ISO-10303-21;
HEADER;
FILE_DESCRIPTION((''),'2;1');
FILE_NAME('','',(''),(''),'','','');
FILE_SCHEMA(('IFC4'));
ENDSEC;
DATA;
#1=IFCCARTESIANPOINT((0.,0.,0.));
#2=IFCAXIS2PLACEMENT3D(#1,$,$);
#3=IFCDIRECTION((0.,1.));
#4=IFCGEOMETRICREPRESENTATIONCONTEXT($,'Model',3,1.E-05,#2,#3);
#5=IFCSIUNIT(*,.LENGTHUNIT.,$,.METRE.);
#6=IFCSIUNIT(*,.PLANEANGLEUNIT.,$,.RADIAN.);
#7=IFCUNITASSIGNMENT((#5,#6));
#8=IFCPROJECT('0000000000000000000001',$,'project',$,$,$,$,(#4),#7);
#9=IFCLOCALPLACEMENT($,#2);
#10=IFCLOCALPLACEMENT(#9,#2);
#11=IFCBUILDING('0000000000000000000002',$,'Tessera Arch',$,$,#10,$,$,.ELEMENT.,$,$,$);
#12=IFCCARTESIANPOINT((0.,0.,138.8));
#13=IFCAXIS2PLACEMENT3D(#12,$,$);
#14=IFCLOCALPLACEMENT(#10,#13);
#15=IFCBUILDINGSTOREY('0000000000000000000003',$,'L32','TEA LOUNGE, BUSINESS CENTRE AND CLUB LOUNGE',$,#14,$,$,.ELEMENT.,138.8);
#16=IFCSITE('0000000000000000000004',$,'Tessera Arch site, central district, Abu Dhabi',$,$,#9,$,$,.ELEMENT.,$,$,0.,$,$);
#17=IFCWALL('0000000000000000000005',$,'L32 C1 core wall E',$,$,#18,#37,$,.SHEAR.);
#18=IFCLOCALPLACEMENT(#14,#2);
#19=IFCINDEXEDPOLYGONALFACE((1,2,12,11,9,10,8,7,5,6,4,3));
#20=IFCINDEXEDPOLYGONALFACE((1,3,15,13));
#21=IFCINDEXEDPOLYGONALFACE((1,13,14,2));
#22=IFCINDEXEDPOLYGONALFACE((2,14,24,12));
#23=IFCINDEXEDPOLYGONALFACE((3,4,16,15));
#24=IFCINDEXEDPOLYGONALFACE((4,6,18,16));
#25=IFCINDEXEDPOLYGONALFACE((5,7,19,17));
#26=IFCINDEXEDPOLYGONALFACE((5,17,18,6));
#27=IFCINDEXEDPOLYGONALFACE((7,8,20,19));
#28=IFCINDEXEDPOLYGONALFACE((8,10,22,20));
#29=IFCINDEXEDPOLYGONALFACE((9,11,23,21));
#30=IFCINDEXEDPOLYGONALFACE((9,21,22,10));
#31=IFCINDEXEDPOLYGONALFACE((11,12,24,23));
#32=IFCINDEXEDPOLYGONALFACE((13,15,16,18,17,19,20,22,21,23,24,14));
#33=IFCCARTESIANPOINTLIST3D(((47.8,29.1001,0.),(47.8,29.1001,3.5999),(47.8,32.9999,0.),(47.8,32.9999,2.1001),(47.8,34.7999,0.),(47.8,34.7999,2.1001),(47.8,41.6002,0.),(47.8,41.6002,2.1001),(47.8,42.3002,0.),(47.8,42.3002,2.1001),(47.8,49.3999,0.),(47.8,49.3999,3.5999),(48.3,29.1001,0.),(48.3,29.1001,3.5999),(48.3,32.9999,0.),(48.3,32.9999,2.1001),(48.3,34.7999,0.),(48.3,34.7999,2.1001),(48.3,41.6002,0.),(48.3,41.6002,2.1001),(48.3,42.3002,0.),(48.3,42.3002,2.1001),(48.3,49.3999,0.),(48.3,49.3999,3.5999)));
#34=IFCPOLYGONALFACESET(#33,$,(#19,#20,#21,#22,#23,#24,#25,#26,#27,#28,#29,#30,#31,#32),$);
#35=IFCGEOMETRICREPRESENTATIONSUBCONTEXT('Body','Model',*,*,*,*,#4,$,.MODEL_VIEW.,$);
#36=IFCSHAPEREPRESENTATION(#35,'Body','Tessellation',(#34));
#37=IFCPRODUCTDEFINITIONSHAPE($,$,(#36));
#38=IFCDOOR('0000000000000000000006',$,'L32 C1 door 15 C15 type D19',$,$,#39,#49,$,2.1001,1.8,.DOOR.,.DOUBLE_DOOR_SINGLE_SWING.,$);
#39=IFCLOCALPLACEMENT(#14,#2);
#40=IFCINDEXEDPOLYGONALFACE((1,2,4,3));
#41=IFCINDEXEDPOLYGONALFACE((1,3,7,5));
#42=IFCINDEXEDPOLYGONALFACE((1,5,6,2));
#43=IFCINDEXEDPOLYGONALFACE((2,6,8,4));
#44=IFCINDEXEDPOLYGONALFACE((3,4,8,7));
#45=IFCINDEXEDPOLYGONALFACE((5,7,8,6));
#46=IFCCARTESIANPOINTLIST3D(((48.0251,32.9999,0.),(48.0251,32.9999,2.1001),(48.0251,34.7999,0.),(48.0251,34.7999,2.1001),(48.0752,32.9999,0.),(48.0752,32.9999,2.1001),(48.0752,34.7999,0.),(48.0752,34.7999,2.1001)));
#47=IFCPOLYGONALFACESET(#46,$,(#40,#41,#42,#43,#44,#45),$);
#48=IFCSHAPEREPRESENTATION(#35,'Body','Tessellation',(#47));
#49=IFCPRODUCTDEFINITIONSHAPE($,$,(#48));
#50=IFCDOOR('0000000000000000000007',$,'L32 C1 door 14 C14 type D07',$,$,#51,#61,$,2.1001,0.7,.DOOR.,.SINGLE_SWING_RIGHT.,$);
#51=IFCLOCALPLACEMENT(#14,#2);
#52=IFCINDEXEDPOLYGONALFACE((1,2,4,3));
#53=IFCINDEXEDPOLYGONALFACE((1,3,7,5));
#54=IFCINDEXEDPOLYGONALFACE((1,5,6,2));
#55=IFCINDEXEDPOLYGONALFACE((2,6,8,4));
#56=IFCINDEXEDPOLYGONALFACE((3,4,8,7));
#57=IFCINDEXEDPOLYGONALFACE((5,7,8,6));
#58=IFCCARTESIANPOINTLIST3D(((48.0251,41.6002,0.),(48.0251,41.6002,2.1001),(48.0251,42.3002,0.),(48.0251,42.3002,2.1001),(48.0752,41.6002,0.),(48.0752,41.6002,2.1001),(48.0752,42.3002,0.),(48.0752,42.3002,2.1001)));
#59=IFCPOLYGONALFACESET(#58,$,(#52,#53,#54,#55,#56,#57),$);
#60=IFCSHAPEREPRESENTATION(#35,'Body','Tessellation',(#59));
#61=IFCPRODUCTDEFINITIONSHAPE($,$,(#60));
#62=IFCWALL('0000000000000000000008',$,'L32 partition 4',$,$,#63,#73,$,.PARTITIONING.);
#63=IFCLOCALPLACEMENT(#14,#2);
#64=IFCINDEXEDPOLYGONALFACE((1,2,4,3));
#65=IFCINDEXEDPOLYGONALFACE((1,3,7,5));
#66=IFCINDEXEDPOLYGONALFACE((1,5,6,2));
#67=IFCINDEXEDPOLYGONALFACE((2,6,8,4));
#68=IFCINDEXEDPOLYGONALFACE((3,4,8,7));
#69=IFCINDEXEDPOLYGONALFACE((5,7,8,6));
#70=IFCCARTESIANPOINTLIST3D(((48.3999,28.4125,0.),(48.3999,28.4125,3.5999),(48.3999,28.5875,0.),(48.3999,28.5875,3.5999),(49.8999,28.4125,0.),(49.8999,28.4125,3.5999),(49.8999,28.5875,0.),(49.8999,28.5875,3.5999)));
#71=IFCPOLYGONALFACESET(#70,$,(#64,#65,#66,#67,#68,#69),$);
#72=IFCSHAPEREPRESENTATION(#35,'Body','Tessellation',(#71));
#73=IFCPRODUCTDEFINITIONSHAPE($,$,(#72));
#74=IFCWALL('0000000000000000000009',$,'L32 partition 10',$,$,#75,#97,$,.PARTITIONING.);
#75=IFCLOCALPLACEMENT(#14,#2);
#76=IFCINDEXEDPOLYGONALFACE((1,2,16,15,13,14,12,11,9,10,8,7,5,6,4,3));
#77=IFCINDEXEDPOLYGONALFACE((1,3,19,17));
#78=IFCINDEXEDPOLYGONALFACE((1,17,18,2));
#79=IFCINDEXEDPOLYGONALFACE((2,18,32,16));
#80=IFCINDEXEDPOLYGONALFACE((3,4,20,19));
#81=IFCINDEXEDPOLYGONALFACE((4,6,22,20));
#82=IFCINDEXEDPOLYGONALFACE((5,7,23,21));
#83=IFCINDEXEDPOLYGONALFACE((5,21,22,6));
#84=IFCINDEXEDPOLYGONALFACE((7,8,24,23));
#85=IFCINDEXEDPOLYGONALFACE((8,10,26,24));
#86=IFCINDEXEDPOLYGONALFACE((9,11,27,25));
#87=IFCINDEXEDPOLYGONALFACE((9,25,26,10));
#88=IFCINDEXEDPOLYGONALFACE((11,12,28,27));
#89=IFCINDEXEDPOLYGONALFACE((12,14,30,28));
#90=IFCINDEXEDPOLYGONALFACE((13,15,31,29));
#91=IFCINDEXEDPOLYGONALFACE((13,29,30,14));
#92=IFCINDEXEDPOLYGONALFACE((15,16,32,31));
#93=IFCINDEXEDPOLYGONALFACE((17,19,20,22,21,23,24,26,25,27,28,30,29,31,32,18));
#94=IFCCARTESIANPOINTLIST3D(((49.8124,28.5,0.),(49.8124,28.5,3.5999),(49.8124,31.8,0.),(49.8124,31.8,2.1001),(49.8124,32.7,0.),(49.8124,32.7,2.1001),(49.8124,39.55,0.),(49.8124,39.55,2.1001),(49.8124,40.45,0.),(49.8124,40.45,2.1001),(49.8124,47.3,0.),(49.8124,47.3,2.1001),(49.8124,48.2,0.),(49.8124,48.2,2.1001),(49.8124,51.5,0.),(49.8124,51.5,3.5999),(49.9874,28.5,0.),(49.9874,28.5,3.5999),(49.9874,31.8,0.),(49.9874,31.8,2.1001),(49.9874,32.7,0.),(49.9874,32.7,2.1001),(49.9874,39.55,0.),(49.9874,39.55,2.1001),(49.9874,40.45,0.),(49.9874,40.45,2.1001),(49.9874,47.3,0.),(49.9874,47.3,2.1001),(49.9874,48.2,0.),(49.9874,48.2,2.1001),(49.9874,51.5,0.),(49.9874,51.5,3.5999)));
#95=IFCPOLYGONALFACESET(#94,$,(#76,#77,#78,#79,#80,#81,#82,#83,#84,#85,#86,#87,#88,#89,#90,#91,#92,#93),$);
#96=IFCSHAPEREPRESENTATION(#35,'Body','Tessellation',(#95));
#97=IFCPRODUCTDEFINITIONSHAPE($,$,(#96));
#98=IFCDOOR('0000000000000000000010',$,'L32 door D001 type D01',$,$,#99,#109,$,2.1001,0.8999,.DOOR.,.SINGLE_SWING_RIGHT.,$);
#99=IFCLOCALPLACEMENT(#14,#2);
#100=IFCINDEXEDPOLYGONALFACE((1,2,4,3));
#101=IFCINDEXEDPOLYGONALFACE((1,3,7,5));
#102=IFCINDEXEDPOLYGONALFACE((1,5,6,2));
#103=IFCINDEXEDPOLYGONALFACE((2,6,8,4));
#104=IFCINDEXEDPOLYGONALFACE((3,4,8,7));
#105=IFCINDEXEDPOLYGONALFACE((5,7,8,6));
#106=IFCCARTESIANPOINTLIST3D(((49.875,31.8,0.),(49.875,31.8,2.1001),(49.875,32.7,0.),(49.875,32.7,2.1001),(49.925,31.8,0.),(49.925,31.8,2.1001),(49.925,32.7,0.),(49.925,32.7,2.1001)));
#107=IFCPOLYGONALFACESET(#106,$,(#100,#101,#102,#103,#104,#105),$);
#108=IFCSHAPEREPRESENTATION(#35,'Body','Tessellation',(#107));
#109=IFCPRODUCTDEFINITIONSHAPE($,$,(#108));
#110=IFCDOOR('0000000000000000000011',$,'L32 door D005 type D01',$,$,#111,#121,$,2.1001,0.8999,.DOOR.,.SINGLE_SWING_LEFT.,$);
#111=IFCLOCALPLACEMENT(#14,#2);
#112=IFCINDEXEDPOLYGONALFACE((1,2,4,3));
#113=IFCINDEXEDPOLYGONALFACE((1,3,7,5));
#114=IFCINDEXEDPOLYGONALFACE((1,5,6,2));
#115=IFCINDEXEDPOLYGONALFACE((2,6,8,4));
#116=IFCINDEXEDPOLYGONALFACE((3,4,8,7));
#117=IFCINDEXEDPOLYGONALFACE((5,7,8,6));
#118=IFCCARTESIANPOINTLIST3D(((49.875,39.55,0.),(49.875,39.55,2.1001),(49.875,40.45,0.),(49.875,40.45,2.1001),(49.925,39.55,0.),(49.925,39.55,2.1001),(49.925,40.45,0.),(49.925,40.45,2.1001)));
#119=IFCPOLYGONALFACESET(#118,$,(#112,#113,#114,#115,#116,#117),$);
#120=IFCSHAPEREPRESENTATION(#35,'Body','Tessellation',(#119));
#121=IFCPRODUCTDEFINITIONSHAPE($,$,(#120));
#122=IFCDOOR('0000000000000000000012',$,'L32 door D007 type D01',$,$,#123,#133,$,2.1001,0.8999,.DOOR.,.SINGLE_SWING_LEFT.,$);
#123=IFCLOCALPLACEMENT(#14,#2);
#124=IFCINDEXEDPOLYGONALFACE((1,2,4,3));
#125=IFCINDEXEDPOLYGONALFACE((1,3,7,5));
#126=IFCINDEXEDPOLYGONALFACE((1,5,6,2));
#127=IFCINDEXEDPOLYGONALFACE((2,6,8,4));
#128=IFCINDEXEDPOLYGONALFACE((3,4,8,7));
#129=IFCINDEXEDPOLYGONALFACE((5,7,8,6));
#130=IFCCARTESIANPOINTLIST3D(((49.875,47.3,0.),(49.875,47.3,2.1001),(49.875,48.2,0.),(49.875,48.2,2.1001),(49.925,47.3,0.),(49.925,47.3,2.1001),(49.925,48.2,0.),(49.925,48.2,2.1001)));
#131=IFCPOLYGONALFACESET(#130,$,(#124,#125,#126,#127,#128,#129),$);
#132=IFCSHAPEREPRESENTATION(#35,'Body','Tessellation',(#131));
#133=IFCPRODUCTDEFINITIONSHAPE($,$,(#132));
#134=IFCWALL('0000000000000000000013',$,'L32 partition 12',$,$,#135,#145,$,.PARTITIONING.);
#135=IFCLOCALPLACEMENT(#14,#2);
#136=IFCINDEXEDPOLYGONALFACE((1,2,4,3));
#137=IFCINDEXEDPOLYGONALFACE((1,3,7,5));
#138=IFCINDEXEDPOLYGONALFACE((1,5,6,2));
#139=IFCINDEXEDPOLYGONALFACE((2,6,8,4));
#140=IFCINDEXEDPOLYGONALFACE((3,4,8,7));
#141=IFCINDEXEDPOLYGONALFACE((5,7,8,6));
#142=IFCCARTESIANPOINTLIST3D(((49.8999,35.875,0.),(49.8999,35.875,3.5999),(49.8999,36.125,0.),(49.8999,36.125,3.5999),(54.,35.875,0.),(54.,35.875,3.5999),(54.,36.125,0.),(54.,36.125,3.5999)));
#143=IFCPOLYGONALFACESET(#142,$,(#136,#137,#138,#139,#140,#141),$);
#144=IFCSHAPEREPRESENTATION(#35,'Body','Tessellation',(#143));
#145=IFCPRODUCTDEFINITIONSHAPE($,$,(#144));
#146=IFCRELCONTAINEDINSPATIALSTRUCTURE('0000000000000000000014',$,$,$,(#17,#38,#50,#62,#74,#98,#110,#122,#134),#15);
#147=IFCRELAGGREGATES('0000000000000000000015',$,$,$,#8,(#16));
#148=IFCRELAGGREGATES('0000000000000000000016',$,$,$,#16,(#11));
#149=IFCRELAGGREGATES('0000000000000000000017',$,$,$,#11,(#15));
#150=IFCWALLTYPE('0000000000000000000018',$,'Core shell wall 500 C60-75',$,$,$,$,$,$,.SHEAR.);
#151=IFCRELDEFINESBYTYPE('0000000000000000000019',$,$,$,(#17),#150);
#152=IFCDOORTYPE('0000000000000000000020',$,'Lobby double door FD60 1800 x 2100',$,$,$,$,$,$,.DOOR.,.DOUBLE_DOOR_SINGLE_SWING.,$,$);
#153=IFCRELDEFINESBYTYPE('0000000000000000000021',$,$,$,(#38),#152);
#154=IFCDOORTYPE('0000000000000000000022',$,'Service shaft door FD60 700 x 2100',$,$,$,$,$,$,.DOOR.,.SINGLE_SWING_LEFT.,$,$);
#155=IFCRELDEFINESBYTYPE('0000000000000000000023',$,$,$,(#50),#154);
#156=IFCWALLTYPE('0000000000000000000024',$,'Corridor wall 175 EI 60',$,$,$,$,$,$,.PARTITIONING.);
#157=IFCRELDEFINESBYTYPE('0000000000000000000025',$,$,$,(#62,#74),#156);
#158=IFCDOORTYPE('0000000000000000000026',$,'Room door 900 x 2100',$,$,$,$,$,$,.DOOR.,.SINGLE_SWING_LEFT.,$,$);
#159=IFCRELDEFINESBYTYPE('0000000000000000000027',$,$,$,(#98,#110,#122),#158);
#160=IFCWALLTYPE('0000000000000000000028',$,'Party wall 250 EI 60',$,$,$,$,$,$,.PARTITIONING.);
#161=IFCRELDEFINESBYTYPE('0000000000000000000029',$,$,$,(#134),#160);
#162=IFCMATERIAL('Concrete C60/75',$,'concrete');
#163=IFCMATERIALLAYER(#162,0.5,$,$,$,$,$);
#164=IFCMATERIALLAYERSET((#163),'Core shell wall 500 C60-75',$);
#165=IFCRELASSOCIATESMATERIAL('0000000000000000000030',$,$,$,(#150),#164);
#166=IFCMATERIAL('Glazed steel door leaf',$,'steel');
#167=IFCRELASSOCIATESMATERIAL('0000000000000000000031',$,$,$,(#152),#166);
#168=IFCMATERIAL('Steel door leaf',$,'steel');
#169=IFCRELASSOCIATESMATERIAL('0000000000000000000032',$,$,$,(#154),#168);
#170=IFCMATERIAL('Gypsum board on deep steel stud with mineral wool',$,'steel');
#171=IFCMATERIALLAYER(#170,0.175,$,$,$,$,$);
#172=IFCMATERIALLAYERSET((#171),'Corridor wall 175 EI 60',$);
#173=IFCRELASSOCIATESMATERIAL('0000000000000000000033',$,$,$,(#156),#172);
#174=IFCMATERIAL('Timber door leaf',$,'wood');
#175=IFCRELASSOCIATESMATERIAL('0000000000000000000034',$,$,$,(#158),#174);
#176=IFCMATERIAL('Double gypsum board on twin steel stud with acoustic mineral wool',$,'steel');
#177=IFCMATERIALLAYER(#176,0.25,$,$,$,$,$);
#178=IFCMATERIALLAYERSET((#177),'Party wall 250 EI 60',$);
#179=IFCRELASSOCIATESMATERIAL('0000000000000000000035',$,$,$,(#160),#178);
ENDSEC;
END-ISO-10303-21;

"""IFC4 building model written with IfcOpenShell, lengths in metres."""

from ifc_helpers import new_model, si_unit, direction, frame, frame_2d, origin, place, context, subcontext, project, spatial, rectangle, extrude, material, layer, layer_set, type_object, element, fill, save


model = new_model("IFC4")

# Units and contexts
model_context = context("Model", 3, precision=1e-05, world=origin(), true_north=direction((0.0, 1.0)))
body_context = subcontext(model_context, "Body", "Model", "MODEL_VIEW")
ifc_project = project(units=[si_unit("LENGTHUNIT", "METRE"), si_unit("PLANEANGLEUNIT", "RADIAN")], contexts=[model_context])

# Site, building, storey
site_placement = place(None, origin())
site = spatial("IfcSite", under=ifc_project, at=site_placement, Name="Tessera Arch site, central district, Abu Dhabi", CompositionType="ELEMENT", RefElevation=0.0)
building_placement = place(site_placement, origin())
building = spatial("IfcBuilding", under=site, at=building_placement, Name="Tessera Arch", CompositionType="ELEMENT")
storey_placement = place(building_placement, frame((0.0, 0.0, 138.8)))
storey = spatial("IfcBuildingStorey", under=building, at=storey_placement, Name="L32", Description="TEA LOUNGE, BUSINESS CENTRE AND CLUB LOUNGE", CompositionType="ELEMENT", Elevation=138.8)

# Wall, openings, doors
ifc_material_1 = material(Name="Concrete C60/75", Category="concrete")
ifc_layer_1 = layer(ifc_material_1, 0.5)
ifc_layer_set_1 = layer_set([ifc_layer_1], Name="Core shell wall 500 C60-75")
wall_type_1 = type_object("IfcWallType", Name="Core shell wall 500 C60-75", PredefinedType="SHEAR", material=ifc_layer_set_1)
wall_1_placement = place(storey_placement, frame((48.05, 29.1001, 0.0), z_axis=(0.0, 0.0, 1.0), x_axis=(0.0, 1.0, 0.0)))
wall_1 = element("IfcWall", 1, at=wall_1_placement, inside=storey, type_object=wall_type_1, Name="L32 C1 core wall E", PredefinedType="SHEAR", context=body_context, shape_type="SweptSolid", body=[
    extrude(rectangle(XDim=20.2998, YDim=0.5, at=frame_2d((10.1499, 0.0))), origin(), (0.0, 0.0, 1.0), 3.5999),
])
opening_1_placement = place(wall_1_placement, frame((12.5, 0.0, 0.0)))
opening_1 = element("IfcOpeningElement", 2, at=opening_1_placement, cuts=wall_1, PredefinedType="OPENING", context=body_context, shape_type="SweptSolid", body=[
    extrude(rectangle(XDim=0.7, YDim=2.1001, at=frame_2d((0.3501, 1.05))), frame((0.0, 0.26, 0.0), z_axis=(0.0, -1.0, 0.0), x_axis=(1.0, 0.0, 0.0)), (0.0, 0.0, 1.0), 0.52),
])
opening_2_placement = place(wall_1_placement, frame((3.8999, 0.0, 0.0)))
opening_2 = element("IfcOpeningElement", 3, at=opening_2_placement, cuts=wall_1, PredefinedType="OPENING", context=body_context, shape_type="SweptSolid", body=[
    extrude(rectangle(XDim=1.8, YDim=2.1001, at=frame_2d((0.8999, 1.05))), frame((0.0, 0.26, 0.0), z_axis=(0.0, -1.0, 0.0), x_axis=(1.0, 0.0, 0.0)), (0.0, 0.0, 1.0), 0.52),
])
ifc_material_2 = material(Name="Glazed steel door leaf", Category="steel")
door_type_1 = type_object("IfcDoorType", Name="Lobby double door FD60 1800 x 2100", OperationType="DOUBLE_DOOR_SINGLE_SWING", PredefinedType="DOOR", material=ifc_material_2)
door_1_placement = place(opening_2_placement, origin())
door_1 = element("IfcDoor", 4, at=door_1_placement, inside=storey, type_object=door_type_1, Name="L32 C1 door 15 C15 type D19", OperationType="DOUBLE_DOOR_SINGLE_SWING", OverallHeight=2.1001, OverallWidth=1.8, PredefinedType="DOOR", context=body_context, shape_type="SweptSolid", body=[
    extrude(rectangle(XDim=1.8, YDim=2.1001, at=frame_2d((0.8999, 1.05))), frame((0.0, 0.0249, 0.0), z_axis=(0.0, -1.0, 0.0), x_axis=(1.0, 0.0, 0.0)), (0.0, 0.0, 1.0), 0.05),
])
fill(opening_2, door_1)
ifc_material_3 = material(Name="Steel door leaf", Category="steel")
door_type_2 = type_object("IfcDoorType", Name="Service shaft door FD60 700 x 2100", OperationType="SINGLE_SWING_LEFT", PredefinedType="DOOR", material=ifc_material_3)
door_2_placement = place(opening_1_placement, origin())
door_2 = element("IfcDoor", 5, at=door_2_placement, inside=storey, type_object=door_type_2, Name="L32 C1 door 14 C14 type D07", OperationType="SINGLE_SWING_RIGHT", OverallHeight=2.1001, OverallWidth=0.7, PredefinedType="DOOR", context=body_context, shape_type="SweptSolid", body=[
    extrude(rectangle(XDim=0.7, YDim=2.1001, at=frame_2d((0.3501, 1.05))), frame((0.0, 0.0249, 0.0), z_axis=(0.0, -1.0, 0.0), x_axis=(1.0, 0.0, 0.0)), (0.0, 0.0, 1.0), 0.05),
])
fill(opening_1, door_2)

# Wall
ifc_material_4 = material(Name="Gypsum board on deep steel stud with mineral wool", Category="steel")
ifc_layer_2 = layer(ifc_material_4, 0.175)
ifc_layer_set_2 = layer_set([ifc_layer_2], Name="Corridor wall 175 EI 60")
wall_type_2 = type_object("IfcWallType", Name="Corridor wall 175 EI 60", PredefinedType="PARTITIONING", material=ifc_layer_set_2)
wall_2_placement = place(storey_placement, frame((48.3999, 28.5, 0.0), z_axis=(0.0, 0.0, 1.0), x_axis=(1.0, 0.0, 0.0)))
element("IfcWall", 6, at=wall_2_placement, inside=storey, type_object=wall_type_2, Name="L32 partition 4", PredefinedType="PARTITIONING", context=body_context, shape_type="SweptSolid", body=[
    extrude(rectangle(XDim=1.5, YDim=0.175, at=frame_2d((0.75, 0.0))), origin(), (0.0, 0.0, 1.0), 3.5999),
])

# Wall, openings, doors
wall_3_placement = place(storey_placement, frame((49.8999, 28.5, 0.0), z_axis=(0.0, 0.0, 1.0), x_axis=(0.0, 1.0, 0.0)))
wall_3 = element("IfcWall", 7, at=wall_3_placement, inside=storey, type_object=wall_type_2, Name="L32 partition 10", PredefinedType="PARTITIONING", context=body_context, shape_type="SweptSolid", body=[
    extrude(rectangle(XDim=23.0, YDim=0.175, at=frame_2d((11.5, 0.0))), origin(), (0.0, 0.0, 1.0), 3.5999),
])
opening_3_placement = place(wall_3_placement, frame((3.3, 0.0, 0.0)))
opening_3 = element("IfcOpeningElement", 8, at=opening_3_placement, cuts=wall_3, PredefinedType="OPENING", context=body_context, shape_type="SweptSolid", body=[
    extrude(rectangle(XDim=0.8999, YDim=2.1001, at=frame_2d((0.45, 1.05))), frame((0.0, 0.0974, 0.0), z_axis=(0.0, -1.0, 0.0), x_axis=(1.0, 0.0, 0.0)), (0.0, 0.0, 1.0), 0.1951),
])
opening_4_placement = place(wall_3_placement, frame((11.05, 0.0, 0.0)))
opening_4 = element("IfcOpeningElement", 9, at=opening_4_placement, cuts=wall_3, PredefinedType="OPENING", context=body_context, shape_type="SweptSolid", body=[
    extrude(rectangle(XDim=0.8999, YDim=2.1001, at=frame_2d((0.45, 1.05))), frame((0.0, 0.0974, 0.0), z_axis=(0.0, -1.0, 0.0), x_axis=(1.0, 0.0, 0.0)), (0.0, 0.0, 1.0), 0.1951),
])
opening_5_placement = place(wall_3_placement, frame((18.8, 0.0, 0.0)))
opening_5 = element("IfcOpeningElement", 10, at=opening_5_placement, cuts=wall_3, PredefinedType="OPENING", context=body_context, shape_type="SweptSolid", body=[
    extrude(rectangle(XDim=0.8999, YDim=2.1001, at=frame_2d((0.45, 1.05))), frame((0.0, 0.0974, 0.0), z_axis=(0.0, -1.0, 0.0), x_axis=(1.0, 0.0, 0.0)), (0.0, 0.0, 1.0), 0.1951),
])
ifc_material_5 = material(Name="Timber door leaf", Category="wood")
door_type_3 = type_object("IfcDoorType", Name="Room door 900 x 2100", OperationType="SINGLE_SWING_LEFT", PredefinedType="DOOR", material=ifc_material_5)
door_3_placement = place(opening_3_placement, origin())
door_3 = element("IfcDoor", 11, at=door_3_placement, inside=storey, type_object=door_type_3, Name="L32 door D001 type D01", OperationType="SINGLE_SWING_RIGHT", OverallHeight=2.1001, OverallWidth=0.8999, PredefinedType="DOOR", context=body_context, shape_type="SweptSolid", body=[
    extrude(rectangle(XDim=0.8999, YDim=2.1001, at=frame_2d((0.45, 1.05))), frame((0.0, 0.0249, 0.0), z_axis=(0.0, -1.0, 0.0), x_axis=(1.0, 0.0, 0.0)), (0.0, 0.0, 1.0), 0.05),
])
fill(opening_3, door_3)
door_4_placement = place(opening_4_placement, origin())
door_4 = element("IfcDoor", 12, at=door_4_placement, inside=storey, type_object=door_type_3, Name="L32 door D005 type D01", OperationType="SINGLE_SWING_LEFT", OverallHeight=2.1001, OverallWidth=0.8999, PredefinedType="DOOR", context=body_context, shape_type="SweptSolid", body=[
    extrude(rectangle(XDim=0.8999, YDim=2.1001, at=frame_2d((0.45, 1.05))), frame((0.0, 0.0249, 0.0), z_axis=(0.0, -1.0, 0.0), x_axis=(1.0, 0.0, 0.0)), (0.0, 0.0, 1.0), 0.05),
])
fill(opening_4, door_4)
door_5_placement = place(opening_5_placement, origin())
door_5 = element("IfcDoor", 13, at=door_5_placement, inside=storey, type_object=door_type_3, Name="L32 door D007 type D01", OperationType="SINGLE_SWING_LEFT", OverallHeight=2.1001, OverallWidth=0.8999, PredefinedType="DOOR", context=body_context, shape_type="SweptSolid", body=[
    extrude(rectangle(XDim=0.8999, YDim=2.1001, at=frame_2d((0.45, 1.05))), frame((0.0, 0.0249, 0.0), z_axis=(0.0, -1.0, 0.0), x_axis=(1.0, 0.0, 0.0)), (0.0, 0.0, 1.0), 0.05),
])
fill(opening_5, door_5)

# Wall
ifc_material_6 = material(Name="Double gypsum board on twin steel stud with acoustic mineral wool", Category="steel")
ifc_layer_3 = layer(ifc_material_6, 0.25)
ifc_layer_set_3 = layer_set([ifc_layer_3], Name="Party wall 250 EI 60")
wall_type_3 = type_object("IfcWallType", Name="Party wall 250 EI 60", PredefinedType="PARTITIONING", material=ifc_layer_set_3)
wall_4_placement = place(storey_placement, frame((49.8999, 36.0, 0.0), z_axis=(0.0, 0.0, 1.0), x_axis=(1.0, 0.0, 0.0)))
element("IfcWall", 14, at=wall_4_placement, inside=storey, type_object=wall_type_3, Name="L32 partition 12", PredefinedType="PARTITIONING", context=body_context, shape_type="SweptSolid", body=[
    extrude(rectangle(XDim=4.1001, YDim=0.25, at=frame_2d((2.05, 0.0))), origin(), (0.0, 0.0, 1.0), 3.5999),
])

save(model, "model.ifc")
